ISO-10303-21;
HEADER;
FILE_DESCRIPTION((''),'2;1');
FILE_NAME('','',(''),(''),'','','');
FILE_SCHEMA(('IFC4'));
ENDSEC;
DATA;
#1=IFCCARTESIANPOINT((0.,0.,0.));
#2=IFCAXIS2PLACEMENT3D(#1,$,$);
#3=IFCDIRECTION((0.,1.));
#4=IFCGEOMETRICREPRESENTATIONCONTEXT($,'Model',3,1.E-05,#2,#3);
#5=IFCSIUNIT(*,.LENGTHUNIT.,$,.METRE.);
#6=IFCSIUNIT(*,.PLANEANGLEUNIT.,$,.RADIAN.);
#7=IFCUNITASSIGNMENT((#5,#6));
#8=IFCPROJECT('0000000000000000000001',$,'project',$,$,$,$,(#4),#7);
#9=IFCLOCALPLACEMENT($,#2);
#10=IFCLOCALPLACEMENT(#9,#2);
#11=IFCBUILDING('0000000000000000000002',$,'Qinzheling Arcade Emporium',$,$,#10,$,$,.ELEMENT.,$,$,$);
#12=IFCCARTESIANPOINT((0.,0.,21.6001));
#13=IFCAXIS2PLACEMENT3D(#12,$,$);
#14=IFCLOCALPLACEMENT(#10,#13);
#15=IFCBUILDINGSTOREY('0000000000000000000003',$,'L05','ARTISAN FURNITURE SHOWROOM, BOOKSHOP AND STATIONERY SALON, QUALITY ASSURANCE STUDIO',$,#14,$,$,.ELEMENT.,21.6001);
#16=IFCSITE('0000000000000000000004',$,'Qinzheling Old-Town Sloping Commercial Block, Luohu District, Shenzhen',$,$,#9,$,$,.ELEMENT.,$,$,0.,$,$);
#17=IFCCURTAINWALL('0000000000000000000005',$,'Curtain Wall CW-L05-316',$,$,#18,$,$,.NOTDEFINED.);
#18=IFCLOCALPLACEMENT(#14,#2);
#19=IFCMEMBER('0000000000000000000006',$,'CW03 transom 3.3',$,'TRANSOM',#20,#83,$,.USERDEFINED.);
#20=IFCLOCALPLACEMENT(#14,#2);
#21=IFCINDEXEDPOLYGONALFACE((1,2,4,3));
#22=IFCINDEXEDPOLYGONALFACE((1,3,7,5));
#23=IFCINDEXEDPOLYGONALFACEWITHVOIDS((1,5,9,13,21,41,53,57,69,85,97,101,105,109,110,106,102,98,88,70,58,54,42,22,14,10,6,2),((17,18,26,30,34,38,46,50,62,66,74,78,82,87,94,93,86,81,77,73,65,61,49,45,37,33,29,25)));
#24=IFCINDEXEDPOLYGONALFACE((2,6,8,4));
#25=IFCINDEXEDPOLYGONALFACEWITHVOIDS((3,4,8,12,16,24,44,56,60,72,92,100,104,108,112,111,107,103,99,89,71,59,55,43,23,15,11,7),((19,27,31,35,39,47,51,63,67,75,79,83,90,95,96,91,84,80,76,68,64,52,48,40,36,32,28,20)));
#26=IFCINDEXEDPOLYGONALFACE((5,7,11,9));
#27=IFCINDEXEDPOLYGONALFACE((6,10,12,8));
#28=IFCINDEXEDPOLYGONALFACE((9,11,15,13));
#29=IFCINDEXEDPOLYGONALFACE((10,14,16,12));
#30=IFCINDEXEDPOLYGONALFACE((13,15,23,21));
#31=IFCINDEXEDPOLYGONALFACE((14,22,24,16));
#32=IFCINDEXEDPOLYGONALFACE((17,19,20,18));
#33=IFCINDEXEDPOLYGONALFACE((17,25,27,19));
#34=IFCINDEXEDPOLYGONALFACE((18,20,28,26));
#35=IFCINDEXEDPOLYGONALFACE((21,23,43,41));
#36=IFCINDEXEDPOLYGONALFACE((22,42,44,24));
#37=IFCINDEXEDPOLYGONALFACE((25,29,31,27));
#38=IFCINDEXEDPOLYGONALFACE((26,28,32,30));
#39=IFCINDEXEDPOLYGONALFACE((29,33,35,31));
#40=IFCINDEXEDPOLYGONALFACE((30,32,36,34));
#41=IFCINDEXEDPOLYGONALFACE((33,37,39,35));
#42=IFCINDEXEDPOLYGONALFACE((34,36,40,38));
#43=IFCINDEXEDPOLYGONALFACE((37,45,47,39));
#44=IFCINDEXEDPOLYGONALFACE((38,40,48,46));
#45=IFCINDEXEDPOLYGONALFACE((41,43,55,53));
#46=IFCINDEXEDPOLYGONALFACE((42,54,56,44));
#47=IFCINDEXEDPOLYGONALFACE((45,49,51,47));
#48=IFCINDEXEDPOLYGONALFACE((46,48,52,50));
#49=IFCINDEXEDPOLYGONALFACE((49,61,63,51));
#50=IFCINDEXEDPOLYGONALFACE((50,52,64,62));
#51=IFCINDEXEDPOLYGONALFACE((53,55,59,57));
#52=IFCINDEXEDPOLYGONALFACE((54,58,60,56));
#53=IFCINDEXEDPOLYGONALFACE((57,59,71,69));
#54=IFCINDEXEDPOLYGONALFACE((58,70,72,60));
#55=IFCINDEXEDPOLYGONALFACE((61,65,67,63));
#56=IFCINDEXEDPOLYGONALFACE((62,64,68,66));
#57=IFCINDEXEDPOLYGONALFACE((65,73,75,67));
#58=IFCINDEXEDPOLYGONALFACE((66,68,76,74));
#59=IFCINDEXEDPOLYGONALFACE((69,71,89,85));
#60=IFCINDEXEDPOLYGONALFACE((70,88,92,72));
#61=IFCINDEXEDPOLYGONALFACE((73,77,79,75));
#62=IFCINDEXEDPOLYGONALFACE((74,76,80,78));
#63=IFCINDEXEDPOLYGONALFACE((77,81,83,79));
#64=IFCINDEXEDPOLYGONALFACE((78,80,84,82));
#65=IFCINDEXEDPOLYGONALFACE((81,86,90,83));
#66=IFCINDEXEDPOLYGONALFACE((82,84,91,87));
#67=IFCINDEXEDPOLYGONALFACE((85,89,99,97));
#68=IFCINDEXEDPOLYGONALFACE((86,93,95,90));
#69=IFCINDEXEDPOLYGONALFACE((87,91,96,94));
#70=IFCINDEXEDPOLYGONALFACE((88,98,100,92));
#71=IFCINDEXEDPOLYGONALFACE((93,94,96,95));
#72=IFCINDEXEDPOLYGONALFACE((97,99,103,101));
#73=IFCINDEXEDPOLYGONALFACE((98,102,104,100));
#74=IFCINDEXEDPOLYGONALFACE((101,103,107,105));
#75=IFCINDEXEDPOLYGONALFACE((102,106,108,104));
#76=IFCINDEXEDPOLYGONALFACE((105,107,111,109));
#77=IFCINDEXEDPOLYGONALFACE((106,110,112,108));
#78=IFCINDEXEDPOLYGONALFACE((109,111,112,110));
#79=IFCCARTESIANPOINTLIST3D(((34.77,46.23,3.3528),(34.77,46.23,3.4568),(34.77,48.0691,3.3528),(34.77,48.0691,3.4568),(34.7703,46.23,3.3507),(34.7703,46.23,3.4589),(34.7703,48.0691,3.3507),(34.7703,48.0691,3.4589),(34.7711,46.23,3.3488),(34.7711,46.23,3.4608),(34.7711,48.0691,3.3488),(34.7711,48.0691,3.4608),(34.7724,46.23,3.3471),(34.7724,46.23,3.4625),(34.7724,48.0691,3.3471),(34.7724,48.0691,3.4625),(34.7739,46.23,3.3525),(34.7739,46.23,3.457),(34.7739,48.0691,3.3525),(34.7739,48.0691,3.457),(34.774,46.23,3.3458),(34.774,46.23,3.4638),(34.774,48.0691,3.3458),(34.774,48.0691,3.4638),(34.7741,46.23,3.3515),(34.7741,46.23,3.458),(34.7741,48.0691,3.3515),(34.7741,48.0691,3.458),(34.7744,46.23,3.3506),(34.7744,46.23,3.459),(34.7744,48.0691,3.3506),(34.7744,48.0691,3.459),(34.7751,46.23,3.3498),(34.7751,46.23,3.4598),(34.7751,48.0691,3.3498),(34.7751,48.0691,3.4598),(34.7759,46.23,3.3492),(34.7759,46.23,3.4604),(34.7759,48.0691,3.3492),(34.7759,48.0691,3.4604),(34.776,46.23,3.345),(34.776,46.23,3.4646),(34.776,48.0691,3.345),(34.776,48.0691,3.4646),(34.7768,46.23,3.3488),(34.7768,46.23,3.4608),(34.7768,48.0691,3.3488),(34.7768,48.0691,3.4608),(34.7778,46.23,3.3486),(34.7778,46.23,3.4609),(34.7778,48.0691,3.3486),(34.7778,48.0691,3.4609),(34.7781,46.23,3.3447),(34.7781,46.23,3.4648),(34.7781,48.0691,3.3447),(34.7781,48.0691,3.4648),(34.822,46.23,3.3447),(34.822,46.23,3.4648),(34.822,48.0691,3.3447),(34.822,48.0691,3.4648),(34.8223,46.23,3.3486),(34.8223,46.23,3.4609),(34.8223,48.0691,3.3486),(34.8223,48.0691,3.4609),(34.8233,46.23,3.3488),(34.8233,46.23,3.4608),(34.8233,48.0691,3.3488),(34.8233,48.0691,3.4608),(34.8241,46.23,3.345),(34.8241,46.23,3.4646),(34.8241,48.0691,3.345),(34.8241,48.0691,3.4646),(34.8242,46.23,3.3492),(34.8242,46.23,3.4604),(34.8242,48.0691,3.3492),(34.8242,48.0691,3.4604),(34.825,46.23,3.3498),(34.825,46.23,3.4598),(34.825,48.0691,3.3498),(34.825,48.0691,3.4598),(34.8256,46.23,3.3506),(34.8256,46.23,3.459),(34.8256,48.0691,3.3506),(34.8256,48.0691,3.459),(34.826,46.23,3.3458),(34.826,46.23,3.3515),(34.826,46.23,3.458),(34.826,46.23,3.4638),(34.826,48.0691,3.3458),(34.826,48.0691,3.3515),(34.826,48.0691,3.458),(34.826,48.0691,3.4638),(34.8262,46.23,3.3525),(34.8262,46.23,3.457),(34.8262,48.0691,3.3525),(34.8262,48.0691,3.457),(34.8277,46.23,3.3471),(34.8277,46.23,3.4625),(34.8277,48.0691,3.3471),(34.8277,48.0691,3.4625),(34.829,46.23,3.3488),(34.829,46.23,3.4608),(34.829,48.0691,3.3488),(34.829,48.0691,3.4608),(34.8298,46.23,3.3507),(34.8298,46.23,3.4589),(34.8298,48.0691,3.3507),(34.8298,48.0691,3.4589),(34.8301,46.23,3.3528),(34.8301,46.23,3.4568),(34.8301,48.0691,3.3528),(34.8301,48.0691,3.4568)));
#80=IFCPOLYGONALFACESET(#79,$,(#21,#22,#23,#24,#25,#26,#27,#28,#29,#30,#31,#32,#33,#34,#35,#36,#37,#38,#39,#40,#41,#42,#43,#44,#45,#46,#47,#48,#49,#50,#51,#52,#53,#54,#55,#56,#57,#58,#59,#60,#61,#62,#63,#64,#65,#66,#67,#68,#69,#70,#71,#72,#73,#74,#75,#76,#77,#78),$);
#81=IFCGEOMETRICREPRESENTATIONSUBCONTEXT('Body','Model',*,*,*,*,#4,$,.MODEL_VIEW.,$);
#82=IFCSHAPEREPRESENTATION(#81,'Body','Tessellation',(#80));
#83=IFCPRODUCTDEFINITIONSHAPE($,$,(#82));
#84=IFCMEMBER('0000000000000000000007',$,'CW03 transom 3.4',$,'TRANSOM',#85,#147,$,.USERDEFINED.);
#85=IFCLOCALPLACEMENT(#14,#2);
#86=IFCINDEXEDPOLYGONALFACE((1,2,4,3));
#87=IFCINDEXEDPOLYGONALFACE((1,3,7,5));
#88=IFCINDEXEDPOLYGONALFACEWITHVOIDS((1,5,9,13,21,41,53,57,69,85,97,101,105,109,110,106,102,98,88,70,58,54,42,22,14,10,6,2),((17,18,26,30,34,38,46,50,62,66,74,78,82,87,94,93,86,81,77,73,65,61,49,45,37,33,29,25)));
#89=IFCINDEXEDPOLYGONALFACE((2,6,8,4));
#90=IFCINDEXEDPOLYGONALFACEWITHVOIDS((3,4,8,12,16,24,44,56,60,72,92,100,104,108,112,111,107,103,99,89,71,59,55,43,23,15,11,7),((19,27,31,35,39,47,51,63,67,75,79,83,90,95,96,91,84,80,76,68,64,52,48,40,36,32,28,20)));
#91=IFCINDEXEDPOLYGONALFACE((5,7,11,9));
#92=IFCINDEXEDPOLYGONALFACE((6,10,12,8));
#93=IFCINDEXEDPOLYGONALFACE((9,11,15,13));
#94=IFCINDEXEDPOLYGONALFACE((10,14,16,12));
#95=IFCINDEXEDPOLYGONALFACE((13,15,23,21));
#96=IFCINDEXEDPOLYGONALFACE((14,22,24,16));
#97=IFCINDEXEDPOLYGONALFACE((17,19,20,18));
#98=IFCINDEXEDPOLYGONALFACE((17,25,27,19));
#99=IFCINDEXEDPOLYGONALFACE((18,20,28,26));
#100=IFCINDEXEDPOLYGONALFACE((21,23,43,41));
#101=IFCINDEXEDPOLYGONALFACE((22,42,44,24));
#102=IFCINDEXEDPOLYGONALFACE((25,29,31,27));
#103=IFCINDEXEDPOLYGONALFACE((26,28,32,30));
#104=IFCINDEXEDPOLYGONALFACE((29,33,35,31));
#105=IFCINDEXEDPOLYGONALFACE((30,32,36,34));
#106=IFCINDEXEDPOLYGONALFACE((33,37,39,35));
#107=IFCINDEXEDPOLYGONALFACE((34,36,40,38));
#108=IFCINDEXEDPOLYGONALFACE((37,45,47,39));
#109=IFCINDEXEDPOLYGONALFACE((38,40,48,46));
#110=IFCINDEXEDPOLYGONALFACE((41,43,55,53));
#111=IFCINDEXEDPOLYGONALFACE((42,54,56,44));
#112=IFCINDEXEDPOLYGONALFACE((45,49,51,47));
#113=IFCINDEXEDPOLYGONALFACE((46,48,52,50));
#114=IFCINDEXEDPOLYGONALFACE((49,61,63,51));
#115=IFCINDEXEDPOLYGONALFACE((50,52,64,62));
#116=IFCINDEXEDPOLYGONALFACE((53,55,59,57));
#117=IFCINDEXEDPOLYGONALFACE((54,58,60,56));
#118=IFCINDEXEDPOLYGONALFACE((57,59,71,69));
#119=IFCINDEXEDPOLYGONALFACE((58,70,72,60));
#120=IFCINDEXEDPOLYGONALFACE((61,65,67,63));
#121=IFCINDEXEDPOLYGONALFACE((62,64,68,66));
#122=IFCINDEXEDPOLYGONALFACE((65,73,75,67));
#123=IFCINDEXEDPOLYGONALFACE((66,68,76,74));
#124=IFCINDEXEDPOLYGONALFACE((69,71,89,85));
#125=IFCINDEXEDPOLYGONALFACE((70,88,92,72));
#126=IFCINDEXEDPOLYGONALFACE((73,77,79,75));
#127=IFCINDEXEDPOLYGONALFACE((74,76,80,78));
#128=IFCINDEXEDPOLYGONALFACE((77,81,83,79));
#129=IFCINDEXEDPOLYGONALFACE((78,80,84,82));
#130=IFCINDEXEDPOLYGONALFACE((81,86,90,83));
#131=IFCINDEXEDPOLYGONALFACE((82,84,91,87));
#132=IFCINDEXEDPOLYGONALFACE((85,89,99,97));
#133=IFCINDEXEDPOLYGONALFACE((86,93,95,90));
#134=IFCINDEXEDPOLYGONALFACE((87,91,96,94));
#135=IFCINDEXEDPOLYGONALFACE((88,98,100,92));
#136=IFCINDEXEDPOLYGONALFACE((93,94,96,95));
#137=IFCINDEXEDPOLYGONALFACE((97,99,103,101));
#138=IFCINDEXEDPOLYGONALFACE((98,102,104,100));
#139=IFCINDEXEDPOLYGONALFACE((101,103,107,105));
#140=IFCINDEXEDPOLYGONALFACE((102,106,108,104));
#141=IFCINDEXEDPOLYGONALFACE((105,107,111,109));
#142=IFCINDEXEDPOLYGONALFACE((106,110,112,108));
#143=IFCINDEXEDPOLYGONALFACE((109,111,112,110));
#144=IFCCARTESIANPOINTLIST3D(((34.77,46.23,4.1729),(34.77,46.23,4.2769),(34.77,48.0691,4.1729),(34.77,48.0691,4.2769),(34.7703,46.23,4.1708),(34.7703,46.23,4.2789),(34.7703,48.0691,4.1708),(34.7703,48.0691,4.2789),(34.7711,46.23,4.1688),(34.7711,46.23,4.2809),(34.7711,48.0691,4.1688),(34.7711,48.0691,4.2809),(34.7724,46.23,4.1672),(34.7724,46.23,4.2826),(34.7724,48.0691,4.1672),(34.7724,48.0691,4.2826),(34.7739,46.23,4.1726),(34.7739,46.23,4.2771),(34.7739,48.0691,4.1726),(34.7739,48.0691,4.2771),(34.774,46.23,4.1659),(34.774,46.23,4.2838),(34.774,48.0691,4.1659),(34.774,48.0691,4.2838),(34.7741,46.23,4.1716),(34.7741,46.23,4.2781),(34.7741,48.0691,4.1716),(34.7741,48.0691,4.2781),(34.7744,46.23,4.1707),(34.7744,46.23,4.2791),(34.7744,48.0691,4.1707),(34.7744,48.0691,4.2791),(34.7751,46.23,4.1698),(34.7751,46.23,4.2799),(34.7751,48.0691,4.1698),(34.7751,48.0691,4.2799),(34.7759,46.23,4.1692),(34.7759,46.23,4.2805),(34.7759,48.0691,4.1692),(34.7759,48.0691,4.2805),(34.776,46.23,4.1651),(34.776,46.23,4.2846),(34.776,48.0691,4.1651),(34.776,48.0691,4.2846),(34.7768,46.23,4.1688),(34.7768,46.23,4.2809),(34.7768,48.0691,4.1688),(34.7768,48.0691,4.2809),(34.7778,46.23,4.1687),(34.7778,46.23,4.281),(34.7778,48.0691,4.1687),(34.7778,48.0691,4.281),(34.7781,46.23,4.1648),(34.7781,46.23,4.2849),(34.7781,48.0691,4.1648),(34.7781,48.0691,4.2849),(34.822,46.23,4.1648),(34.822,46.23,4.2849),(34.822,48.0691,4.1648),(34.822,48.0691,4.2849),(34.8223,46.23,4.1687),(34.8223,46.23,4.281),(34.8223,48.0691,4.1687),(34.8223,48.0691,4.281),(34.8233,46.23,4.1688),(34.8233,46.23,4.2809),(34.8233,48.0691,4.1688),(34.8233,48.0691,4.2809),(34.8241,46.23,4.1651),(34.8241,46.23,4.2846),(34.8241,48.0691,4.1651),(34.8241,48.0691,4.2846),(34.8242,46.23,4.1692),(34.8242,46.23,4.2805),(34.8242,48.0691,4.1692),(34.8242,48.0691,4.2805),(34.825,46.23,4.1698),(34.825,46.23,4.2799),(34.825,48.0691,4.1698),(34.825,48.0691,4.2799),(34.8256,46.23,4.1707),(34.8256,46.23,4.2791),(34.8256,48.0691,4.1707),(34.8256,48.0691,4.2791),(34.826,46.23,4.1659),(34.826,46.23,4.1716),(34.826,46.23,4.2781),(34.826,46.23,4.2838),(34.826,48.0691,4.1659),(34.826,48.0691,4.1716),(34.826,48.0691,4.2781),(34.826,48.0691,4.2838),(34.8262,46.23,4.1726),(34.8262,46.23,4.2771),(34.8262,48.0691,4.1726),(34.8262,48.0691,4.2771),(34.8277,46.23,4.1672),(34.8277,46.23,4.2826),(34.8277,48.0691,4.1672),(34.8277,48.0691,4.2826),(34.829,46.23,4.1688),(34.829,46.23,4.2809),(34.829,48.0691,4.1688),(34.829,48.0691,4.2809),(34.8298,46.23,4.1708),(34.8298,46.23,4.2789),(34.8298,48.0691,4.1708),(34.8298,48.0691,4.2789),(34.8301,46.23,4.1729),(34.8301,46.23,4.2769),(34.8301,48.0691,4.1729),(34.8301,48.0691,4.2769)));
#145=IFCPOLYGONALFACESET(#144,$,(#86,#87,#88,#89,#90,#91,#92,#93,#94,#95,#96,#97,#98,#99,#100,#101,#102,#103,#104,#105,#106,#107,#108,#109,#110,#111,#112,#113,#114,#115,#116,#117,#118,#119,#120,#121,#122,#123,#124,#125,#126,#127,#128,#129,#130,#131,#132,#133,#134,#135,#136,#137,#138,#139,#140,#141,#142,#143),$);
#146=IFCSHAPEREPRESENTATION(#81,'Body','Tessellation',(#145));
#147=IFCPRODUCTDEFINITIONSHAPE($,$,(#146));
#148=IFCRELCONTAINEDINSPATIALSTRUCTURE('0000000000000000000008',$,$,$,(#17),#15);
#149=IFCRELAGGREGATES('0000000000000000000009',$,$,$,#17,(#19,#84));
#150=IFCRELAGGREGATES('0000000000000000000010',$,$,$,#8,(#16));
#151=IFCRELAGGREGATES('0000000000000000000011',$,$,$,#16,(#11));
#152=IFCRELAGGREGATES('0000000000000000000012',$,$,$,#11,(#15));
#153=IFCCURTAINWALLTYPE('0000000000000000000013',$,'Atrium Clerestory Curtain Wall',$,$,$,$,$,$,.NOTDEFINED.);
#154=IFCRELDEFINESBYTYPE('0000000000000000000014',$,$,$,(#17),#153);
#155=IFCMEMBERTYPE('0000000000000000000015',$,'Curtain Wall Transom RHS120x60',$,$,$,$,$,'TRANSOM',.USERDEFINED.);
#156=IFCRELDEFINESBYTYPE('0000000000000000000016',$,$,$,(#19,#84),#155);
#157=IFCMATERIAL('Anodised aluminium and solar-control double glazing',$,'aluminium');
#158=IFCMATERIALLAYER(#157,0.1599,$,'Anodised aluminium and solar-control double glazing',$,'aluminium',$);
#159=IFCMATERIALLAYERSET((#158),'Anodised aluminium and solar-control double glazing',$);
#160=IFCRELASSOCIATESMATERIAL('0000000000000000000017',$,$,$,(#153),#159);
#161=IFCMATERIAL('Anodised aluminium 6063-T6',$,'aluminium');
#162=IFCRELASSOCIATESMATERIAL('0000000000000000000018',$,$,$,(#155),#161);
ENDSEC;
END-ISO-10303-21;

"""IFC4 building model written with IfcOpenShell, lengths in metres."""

from ifc_helpers import new_model, si_unit, direction, frame, origin, origin_2d, place, context, subcontext, project, spatial, hollow_rectangle, extrude, material, layer, layer_set, material_profile, profile_set, type_object, element, aggregate, save


model = new_model("IFC4")

# Units and contexts
model_context = context("Model", 3, precision=1e-05, world=origin(), true_north=direction((0.0, 1.0)))
body_context = subcontext(model_context, "Body", "Model", "MODEL_VIEW")
ifc_project = project(units=[si_unit("LENGTHUNIT", "METRE"), si_unit("PLANEANGLEUNIT", "RADIAN")], contexts=[model_context])

# Site, building, storey
site_placement = place(None, origin())
site = spatial("IfcSite", under=ifc_project, at=site_placement, Name="Qinzheling Old-Town Sloping Commercial Block, Luohu District, Shenzhen", CompositionType="ELEMENT", RefElevation=0.0)
building_placement = place(site_placement, origin())
building = spatial("IfcBuilding", under=site, at=building_placement, Name="Qinzheling Arcade Emporium", CompositionType="ELEMENT")
storey_placement = place(building_placement, frame((0.0, 0.0, 21.6001)))
storey = spatial("IfcBuildingStorey", under=building, at=storey_placement, Name="L05", Description="ARTISAN FURNITURE SHOWROOM, BOOKSHOP AND STATIONERY SALON, QUALITY ASSURANCE STUDIO", CompositionType="ELEMENT", Elevation=21.6001)

# Curtain wall
ifc_material_1 = material(Name="Anodised aluminium and solar-control double glazing", Category="aluminium")
ifc_layer_1 = layer(ifc_material_1, 0.1599, Name="Anodised aluminium and solar-control double glazing", Category="aluminium")
ifc_layer_set_1 = layer_set([ifc_layer_1], Name="Anodised aluminium and solar-control double glazing")
curtain_wall_type = type_object("IfcCurtainWallType", Name="Atrium Clerestory Curtain Wall", PredefinedType="NOTDEFINED", material=ifc_layer_set_1)
curtain_wall_1_placement = place(storey_placement, origin())
curtain_wall_1 = element("IfcCurtainWall", 1, at=curtain_wall_1_placement, inside=storey, type_object=curtain_wall_type, Name="Curtain Wall CW-L05-316", PredefinedType="NOTDEFINED")
ifc_material_2 = material(Name="Anodised aluminium 6063-T6", Category="aluminium")

# Members
ifc_material_profile_1 = material_profile(ifc_material_2, hollow_rectangle(XDim=0.0601, YDim=0.1201, WallThickness=0.0039, InnerFilletRadius=0.0039, OuterFilletRadius=0.0081, at=origin_2d()), Name="RHS 120x60x4", Category="aluminium")
ifc_profile_set_1 = profile_set([ifc_material_profile_1], Name="Anodised aluminium 6063-T6")
member_type_1 = type_object("IfcMemberType", Name="Curtain Wall Transom RHS120x60", ElementType="TRANSOM", PredefinedType="USERDEFINED", material=ifc_profile_set_1)
member_1_placement = place(storey_placement, frame((34.8, 46.23, 3.4048), z_axis=(0.0, 1.0, 0.0), x_axis=(-1.0, 0.0, 0.0)))
member_1 = element("IfcMember", 2, at=member_1_placement, type_object=member_type_1, Name="CW03 transom 3.3", ObjectType="TRANSOM", PredefinedType="USERDEFINED", context=body_context, shape_type="SweptSolid", body=[
    extrude(hollow_rectangle(XDim=0.0601, YDim=0.1201, WallThickness=0.0039, InnerFilletRadius=0.0039, OuterFilletRadius=0.0081, at=origin_2d()), origin(), (0.0, 0.0, 1.0), 1.8391),
])
member_2_placement = place(storey_placement, frame((34.8, 46.23, 4.2249), z_axis=(0.0, 1.0, 0.0), x_axis=(-1.0, 0.0, 0.0)))
member_2 = element("IfcMember", 3, at=member_2_placement, type_object=member_type_1, Name="CW03 transom 3.4", ObjectType="TRANSOM", PredefinedType="USERDEFINED", context=body_context, shape_type="SweptSolid", body=[
    extrude(hollow_rectangle(XDim=0.0601, YDim=0.1201, WallThickness=0.0039, InnerFilletRadius=0.0039, OuterFilletRadius=0.0081, at=origin_2d()), origin(), (0.0, 0.0, 1.0), 1.8391),
])

aggregate(curtain_wall_1, [member_1, member_2])

save(model, "model.ifc")
